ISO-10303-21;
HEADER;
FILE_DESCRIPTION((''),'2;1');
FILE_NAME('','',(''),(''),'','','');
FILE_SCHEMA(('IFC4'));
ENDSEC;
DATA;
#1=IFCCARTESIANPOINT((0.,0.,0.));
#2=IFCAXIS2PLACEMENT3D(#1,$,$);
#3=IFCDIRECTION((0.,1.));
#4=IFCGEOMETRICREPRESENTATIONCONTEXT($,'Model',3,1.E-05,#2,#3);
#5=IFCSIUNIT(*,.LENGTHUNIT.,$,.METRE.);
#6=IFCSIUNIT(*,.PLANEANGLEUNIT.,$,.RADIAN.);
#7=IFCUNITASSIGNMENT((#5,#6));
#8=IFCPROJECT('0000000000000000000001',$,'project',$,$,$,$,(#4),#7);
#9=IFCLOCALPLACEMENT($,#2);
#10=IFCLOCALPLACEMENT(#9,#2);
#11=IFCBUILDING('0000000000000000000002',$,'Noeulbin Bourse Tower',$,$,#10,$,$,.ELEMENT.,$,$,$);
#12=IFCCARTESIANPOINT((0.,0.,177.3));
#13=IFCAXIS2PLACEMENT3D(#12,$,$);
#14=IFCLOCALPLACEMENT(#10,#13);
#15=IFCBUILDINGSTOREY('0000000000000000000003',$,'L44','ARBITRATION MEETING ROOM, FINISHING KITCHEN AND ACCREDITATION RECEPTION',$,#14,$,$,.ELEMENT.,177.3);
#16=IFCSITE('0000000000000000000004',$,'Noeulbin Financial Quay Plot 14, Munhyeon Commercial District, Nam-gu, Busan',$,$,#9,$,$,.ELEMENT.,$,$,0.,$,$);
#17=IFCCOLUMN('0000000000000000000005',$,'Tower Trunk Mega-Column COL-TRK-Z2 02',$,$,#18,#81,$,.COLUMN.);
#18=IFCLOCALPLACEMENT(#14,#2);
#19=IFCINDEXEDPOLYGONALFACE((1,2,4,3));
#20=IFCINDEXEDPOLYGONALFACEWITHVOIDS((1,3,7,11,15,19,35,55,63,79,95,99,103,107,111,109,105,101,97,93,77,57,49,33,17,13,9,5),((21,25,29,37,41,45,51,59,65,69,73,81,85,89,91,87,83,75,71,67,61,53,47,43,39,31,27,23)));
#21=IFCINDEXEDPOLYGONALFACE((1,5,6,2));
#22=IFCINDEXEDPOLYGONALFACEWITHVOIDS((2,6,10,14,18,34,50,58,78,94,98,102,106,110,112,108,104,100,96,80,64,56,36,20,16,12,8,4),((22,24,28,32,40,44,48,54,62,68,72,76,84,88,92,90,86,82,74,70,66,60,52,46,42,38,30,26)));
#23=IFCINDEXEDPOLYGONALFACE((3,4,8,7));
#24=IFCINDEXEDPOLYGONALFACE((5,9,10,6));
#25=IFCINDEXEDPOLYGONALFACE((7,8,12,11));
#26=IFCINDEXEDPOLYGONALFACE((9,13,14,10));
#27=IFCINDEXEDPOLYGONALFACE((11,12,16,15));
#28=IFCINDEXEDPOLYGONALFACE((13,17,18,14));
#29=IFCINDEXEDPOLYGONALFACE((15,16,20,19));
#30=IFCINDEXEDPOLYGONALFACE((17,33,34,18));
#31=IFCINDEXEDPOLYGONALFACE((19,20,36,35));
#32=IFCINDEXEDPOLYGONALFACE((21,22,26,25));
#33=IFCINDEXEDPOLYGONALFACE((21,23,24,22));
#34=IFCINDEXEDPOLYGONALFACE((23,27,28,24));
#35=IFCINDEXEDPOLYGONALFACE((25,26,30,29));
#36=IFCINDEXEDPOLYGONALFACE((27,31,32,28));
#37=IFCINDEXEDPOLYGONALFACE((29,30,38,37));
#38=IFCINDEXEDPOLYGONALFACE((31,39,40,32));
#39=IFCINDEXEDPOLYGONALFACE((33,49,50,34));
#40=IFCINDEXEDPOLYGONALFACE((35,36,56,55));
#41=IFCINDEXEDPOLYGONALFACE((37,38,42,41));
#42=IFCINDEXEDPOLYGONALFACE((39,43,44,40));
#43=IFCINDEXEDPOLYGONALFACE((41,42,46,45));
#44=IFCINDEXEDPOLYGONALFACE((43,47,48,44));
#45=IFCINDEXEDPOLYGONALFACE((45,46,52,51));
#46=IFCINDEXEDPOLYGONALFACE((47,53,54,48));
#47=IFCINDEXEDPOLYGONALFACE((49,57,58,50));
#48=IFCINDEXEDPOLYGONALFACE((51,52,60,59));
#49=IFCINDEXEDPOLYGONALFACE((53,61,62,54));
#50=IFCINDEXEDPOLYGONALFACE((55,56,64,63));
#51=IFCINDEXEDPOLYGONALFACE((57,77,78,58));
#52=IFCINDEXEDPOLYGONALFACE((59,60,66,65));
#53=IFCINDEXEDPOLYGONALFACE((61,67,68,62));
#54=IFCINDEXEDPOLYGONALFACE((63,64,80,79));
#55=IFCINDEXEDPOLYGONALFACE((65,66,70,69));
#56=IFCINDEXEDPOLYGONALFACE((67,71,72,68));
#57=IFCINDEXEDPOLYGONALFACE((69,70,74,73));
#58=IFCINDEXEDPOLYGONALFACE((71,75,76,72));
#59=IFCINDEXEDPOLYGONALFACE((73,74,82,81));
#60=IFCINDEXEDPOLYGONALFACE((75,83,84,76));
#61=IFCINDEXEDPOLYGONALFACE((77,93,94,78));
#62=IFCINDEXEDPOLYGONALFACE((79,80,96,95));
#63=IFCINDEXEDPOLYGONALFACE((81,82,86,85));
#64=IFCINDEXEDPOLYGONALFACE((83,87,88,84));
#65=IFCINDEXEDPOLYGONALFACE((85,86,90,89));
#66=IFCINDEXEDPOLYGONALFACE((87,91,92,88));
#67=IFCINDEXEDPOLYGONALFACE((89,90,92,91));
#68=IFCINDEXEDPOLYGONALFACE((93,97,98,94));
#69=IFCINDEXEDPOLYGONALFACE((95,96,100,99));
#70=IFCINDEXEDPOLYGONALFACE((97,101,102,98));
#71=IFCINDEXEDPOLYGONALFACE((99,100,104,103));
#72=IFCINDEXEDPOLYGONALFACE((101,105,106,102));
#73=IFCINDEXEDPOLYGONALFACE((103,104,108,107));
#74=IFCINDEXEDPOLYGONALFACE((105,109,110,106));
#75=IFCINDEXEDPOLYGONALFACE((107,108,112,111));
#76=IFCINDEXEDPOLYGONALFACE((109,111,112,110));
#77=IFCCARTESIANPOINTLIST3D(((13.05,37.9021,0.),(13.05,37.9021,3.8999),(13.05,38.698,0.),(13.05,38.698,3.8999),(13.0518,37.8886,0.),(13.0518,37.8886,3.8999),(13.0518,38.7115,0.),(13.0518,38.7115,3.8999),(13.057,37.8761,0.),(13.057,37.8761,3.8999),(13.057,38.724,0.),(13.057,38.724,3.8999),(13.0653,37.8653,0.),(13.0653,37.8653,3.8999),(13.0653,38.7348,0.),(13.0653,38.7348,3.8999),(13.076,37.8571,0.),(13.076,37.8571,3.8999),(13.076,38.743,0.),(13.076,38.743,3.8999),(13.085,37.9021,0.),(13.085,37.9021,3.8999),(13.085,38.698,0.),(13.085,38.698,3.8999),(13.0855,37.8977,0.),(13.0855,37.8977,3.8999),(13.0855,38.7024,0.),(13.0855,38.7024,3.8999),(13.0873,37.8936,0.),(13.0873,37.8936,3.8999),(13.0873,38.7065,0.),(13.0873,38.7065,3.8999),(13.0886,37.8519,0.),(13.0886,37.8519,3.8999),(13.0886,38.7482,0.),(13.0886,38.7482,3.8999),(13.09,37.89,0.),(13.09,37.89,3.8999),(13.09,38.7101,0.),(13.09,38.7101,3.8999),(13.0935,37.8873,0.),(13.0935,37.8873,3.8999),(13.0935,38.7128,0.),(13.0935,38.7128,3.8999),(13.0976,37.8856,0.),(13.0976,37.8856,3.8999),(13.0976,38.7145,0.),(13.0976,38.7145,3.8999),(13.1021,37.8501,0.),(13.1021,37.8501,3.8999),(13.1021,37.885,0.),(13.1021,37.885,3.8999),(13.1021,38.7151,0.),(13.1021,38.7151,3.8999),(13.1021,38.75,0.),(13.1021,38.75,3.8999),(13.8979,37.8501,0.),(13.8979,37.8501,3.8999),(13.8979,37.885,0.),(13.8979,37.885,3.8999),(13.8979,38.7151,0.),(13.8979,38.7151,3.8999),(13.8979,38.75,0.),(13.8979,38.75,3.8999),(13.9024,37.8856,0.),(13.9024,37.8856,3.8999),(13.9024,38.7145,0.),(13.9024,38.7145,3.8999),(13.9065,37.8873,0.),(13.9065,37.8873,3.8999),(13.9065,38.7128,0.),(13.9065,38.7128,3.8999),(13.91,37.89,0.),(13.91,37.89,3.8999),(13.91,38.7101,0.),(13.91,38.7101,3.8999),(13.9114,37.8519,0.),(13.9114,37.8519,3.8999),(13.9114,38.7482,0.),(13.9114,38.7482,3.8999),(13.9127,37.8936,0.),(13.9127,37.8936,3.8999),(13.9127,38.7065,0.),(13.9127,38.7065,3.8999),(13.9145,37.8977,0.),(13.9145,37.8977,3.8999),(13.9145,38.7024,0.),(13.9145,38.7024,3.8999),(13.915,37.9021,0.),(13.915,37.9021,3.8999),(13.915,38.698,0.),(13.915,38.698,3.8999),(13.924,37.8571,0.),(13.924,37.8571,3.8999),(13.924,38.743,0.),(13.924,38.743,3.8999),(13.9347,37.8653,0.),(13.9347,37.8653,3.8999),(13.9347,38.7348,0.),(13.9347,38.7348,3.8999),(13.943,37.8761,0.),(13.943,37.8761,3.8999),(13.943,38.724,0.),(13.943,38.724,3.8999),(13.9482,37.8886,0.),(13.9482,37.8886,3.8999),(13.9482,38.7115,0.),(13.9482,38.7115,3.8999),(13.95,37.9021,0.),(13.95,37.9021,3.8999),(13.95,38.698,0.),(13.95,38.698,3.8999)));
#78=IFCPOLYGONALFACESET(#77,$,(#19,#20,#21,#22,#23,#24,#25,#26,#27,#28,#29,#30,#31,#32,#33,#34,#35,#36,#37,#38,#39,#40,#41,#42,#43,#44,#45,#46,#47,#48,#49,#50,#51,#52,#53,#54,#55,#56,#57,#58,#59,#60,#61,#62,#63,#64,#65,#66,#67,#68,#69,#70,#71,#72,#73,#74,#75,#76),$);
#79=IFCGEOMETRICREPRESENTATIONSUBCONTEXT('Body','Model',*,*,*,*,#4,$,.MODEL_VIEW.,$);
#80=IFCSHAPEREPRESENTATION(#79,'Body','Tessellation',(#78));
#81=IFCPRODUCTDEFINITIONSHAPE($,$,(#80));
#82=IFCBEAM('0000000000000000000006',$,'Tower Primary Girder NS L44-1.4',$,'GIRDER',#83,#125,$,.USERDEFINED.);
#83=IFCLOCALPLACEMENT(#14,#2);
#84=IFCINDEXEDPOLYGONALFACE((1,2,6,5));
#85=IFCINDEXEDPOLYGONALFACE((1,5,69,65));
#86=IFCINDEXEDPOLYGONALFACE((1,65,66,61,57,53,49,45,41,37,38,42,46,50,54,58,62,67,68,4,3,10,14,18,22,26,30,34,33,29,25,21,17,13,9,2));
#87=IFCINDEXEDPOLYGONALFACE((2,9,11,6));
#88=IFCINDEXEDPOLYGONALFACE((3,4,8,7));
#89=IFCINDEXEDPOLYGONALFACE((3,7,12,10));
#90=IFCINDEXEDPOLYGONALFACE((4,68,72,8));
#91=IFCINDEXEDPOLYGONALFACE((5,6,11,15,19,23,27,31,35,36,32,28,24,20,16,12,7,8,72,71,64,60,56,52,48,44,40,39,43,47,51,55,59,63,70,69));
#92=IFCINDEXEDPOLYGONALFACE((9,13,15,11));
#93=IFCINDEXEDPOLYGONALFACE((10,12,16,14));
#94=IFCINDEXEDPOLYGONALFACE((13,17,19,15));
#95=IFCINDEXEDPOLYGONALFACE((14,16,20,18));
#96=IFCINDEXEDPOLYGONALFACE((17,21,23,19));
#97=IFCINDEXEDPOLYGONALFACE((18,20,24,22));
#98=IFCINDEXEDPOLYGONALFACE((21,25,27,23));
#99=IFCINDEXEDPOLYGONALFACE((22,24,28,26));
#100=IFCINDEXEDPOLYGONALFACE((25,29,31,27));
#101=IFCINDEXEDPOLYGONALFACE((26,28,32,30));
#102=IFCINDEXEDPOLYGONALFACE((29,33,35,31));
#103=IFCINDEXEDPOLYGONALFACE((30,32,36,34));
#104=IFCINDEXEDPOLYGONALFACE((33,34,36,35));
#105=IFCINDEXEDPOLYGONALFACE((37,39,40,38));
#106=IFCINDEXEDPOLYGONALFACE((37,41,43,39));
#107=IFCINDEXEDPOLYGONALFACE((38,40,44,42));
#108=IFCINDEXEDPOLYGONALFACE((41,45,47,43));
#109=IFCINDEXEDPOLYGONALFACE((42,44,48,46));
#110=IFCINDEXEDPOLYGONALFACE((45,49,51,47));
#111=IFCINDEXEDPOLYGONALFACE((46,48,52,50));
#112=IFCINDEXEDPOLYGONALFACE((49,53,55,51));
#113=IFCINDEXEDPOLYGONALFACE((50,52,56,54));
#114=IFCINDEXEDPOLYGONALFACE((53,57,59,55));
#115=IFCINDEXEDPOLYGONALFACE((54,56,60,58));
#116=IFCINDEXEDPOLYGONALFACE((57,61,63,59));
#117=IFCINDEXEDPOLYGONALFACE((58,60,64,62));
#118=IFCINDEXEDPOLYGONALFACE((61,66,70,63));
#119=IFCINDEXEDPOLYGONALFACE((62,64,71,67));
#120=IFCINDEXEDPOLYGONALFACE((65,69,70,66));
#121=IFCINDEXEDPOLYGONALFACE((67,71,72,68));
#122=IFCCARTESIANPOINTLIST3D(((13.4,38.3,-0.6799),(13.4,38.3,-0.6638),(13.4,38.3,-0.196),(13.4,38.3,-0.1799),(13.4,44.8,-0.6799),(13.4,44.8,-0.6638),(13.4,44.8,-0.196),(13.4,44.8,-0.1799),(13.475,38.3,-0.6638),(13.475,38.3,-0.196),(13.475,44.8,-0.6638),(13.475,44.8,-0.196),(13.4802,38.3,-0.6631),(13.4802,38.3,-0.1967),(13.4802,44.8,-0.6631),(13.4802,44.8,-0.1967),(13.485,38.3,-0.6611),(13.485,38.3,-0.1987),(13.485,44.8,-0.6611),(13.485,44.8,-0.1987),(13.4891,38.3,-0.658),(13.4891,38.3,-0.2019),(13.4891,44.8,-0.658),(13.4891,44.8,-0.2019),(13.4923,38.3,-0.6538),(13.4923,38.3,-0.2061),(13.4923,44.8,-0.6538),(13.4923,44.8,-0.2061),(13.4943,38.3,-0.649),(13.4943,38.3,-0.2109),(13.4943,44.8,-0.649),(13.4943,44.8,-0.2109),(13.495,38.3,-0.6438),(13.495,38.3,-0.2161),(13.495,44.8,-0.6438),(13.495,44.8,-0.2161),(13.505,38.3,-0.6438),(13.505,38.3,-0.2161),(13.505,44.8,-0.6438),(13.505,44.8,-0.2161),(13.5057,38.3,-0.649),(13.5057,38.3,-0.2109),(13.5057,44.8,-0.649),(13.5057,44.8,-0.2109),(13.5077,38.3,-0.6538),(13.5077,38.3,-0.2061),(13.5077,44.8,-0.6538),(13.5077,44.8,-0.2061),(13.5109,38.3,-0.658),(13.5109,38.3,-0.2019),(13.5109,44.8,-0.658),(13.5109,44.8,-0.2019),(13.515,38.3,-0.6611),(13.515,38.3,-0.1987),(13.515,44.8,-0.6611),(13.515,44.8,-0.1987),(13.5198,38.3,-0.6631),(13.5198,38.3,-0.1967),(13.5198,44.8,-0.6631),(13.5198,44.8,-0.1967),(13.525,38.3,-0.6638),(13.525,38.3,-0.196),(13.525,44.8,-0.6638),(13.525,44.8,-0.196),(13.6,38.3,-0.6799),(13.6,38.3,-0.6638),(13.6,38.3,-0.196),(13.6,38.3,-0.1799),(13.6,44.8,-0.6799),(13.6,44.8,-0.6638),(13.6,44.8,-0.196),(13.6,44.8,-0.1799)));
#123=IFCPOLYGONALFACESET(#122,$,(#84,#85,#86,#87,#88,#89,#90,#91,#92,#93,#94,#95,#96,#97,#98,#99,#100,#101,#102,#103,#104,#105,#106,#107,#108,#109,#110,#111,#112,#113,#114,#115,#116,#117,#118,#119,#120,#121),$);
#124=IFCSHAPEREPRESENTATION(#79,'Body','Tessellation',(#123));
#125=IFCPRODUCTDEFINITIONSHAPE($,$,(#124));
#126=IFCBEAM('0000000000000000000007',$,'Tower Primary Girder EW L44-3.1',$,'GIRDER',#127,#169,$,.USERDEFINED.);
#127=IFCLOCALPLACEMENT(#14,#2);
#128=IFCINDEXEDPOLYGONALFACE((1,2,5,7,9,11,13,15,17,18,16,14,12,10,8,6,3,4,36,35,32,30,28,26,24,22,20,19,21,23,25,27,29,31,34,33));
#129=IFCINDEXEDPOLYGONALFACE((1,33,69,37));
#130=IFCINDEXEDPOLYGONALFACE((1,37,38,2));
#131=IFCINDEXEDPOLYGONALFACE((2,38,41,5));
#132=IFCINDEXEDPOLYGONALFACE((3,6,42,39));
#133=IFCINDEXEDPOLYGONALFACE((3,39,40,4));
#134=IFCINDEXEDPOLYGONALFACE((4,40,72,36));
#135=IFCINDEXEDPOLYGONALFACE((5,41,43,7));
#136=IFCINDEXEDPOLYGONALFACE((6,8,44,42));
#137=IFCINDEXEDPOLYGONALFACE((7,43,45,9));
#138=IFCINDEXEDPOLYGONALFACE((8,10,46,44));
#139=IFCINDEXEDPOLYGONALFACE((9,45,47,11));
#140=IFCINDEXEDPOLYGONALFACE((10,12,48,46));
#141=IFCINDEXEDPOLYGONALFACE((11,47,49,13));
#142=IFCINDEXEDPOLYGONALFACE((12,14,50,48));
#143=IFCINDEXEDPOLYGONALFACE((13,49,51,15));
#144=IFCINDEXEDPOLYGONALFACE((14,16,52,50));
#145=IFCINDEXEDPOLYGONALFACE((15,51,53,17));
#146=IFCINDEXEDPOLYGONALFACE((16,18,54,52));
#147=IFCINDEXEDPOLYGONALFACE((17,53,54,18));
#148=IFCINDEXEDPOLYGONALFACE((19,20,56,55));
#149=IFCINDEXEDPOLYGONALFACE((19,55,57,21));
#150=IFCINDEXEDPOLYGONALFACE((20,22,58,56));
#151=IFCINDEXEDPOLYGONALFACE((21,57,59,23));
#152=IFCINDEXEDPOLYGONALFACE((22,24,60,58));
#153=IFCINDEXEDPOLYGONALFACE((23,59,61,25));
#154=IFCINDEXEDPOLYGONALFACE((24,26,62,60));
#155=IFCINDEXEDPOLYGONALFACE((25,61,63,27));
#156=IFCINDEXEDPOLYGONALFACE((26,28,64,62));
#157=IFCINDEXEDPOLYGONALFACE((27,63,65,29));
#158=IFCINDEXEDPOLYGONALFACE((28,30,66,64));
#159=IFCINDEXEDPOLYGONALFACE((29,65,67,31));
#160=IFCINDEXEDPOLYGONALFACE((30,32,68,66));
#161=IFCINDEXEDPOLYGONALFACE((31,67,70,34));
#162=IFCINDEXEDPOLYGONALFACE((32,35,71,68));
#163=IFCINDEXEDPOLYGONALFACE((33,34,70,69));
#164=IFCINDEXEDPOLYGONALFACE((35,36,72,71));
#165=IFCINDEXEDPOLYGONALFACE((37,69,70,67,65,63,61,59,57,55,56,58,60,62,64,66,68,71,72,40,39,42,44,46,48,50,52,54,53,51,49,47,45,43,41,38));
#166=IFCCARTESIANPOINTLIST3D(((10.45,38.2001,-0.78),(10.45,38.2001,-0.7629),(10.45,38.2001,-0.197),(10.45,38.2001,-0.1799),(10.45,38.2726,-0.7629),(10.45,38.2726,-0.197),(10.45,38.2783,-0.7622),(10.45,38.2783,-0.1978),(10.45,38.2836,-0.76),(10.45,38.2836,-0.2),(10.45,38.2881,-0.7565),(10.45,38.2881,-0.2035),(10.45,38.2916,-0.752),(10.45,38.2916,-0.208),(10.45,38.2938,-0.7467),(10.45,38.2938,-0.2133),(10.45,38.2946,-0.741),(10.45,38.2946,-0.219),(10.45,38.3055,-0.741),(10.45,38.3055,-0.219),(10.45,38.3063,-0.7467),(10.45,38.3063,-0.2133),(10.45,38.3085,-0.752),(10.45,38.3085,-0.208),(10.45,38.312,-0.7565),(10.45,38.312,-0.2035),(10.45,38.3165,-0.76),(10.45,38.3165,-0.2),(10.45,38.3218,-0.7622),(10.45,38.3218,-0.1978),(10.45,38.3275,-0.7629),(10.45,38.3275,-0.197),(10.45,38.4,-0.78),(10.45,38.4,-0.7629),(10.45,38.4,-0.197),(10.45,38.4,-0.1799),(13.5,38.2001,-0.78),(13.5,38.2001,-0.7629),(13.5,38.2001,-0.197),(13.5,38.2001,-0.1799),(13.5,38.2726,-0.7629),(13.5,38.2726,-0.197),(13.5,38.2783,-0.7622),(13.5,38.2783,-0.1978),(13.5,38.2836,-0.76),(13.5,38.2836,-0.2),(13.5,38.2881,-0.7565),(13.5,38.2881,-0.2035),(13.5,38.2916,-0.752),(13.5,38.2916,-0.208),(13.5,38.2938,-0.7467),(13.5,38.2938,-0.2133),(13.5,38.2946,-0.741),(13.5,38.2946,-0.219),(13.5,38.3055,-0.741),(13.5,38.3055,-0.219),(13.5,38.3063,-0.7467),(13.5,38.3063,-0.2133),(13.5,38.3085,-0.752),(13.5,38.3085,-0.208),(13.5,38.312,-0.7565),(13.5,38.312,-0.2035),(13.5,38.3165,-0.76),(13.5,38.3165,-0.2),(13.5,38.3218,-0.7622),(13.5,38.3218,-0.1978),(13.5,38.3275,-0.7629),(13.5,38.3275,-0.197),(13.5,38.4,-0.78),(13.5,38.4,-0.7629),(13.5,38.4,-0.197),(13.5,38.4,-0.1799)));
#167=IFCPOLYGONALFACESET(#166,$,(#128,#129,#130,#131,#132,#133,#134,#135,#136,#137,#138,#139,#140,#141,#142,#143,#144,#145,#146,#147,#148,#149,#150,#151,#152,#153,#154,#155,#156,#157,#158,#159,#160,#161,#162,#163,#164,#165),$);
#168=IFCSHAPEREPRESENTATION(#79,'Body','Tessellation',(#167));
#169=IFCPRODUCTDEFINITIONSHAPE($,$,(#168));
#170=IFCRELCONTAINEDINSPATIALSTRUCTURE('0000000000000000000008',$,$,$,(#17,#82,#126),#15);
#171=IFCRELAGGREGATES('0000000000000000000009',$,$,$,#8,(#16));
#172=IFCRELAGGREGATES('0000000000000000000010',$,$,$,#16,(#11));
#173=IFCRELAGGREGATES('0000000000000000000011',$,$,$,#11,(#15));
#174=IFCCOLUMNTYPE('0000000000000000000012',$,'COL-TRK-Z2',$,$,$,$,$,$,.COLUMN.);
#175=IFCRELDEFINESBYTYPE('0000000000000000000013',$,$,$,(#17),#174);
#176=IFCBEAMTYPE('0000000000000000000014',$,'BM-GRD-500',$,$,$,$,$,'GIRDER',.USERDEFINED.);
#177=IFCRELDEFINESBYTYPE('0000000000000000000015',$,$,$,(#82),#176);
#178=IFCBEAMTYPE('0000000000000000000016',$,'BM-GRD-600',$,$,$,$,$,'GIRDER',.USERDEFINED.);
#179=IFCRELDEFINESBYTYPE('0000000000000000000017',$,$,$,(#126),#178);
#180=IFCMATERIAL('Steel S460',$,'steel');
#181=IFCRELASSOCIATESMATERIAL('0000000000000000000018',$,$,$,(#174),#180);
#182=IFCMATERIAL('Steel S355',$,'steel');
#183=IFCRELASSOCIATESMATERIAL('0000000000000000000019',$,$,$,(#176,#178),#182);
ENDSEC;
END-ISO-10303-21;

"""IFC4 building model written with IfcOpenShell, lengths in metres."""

from ifc_helpers import new_model, si_unit, direction, frame, origin, origin_2d, place, context, subcontext, project, spatial, hollow_rectangle, i_section, extrude, material, material_profile, profile_set, type_object, element, save


model = new_model("IFC4")

# Units and contexts
model_context = context("Model", 3, precision=1e-05, world=origin(), true_north=direction((0.0, 1.0)))
body_context = subcontext(model_context, "Body", "Model", "MODEL_VIEW")
ifc_project = project(units=[si_unit("LENGTHUNIT", "METRE"), si_unit("PLANEANGLEUNIT", "RADIAN")], contexts=[model_context])

# Site, building, storey
site_placement = place(None, origin())
site = spatial("IfcSite", under=ifc_project, at=site_placement, Name="Noeulbin Financial Quay Plot 14, Munhyeon Commercial District, Nam-gu, Busan", CompositionType="ELEMENT", RefElevation=0.0)
building_placement = place(site_placement, origin())
building = spatial("IfcBuilding", under=site, at=building_placement, Name="Noeulbin Bourse Tower", CompositionType="ELEMENT")
storey_placement = place(building_placement, frame((0.0, 0.0, 177.3)))
storey = spatial("IfcBuildingStorey", under=building, at=storey_placement, Name="L44", Description="ARBITRATION MEETING ROOM, FINISHING KITCHEN AND ACCREDITATION RECEPTION", CompositionType="ELEMENT", Elevation=177.3)

# Column
ifc_material_1 = material(Name="Steel S355", Category="steel")
ifc_material_2 = material(Name="Steel S460", Category="steel")
ifc_material_profile_1 = material_profile(ifc_material_2, hollow_rectangle(XDim=0.8999, YDim=0.8999, WallThickness=0.0349, InnerFilletRadius=0.0171, OuterFilletRadius=0.052, at=origin_2d()), Name="BOX-900x900x35", Category="LoadBearing")
ifc_profile_set_1 = profile_set([ifc_material_profile_1], Name="Steel S460")
column_type_1 = type_object("IfcColumnType", Name="COL-TRK-Z2", PredefinedType="COLUMN", material=ifc_profile_set_1)
column_placement = place(storey_placement, frame((13.5, 38.3, 0.0), z_axis=(0.0, 0.0, 1.0), x_axis=(1.0, 0.0, 0.0)))
element("IfcColumn", 1, at=column_placement, inside=storey, type_object=column_type_1, Name="Tower Trunk Mega-Column COL-TRK-Z2 02", PredefinedType="COLUMN", context=body_context, shape_type="SweptSolid", body=[
    extrude(hollow_rectangle(XDim=0.8999, YDim=0.8999, WallThickness=0.0349, InnerFilletRadius=0.0171, OuterFilletRadius=0.052, at=origin_2d()), origin(), (0.0, 0.0, 1.0), 3.8999),
])

# Beams
ifc_material_profile_2 = material_profile(ifc_material_1, i_section(OverallWidth=0.2, OverallDepth=0.5, WebThickness=0.01, FlangeThickness=0.0161, FilletRadius=0.02, at=origin_2d()), Name="H-500x200x10x16", Category="LoadBearing")
ifc_profile_set_2 = profile_set([ifc_material_profile_2], Name="Steel S355")
beam_type_1 = type_object("IfcBeamType", Name="BM-GRD-500", ElementType="GIRDER", PredefinedType="USERDEFINED", material=ifc_profile_set_2)
beam_1_placement = place(storey_placement, frame((13.5, 38.3, -0.4299), z_axis=(0.0, 1.0, 0.0), x_axis=(-1.0, 0.0, 0.0)))
element("IfcBeam", 2, at=beam_1_placement, inside=storey, type_object=beam_type_1, Name="Tower Primary Girder NS L44-1.4", ObjectType="GIRDER", PredefinedType="USERDEFINED", context=body_context, shape_type="SweptSolid", body=[
    extrude(i_section(OverallWidth=0.2, OverallDepth=0.5, WebThickness=0.01, FlangeThickness=0.0161, FilletRadius=0.02, at=origin_2d()), origin(), (0.0, 0.0, 1.0), 6.5),
])
ifc_material_profile_3 = material_profile(ifc_material_1, i_section(OverallWidth=0.2, OverallDepth=0.6001, WebThickness=0.011, FlangeThickness=0.0171, FilletRadius=0.022, at=origin_2d()), Name="H-600x200x11x17", Category="LoadBearing")
ifc_profile_set_3 = profile_set([ifc_material_profile_3], Name="Steel S355")
beam_type_2 = type_object("IfcBeamType", Name="BM-GRD-600", ElementType="GIRDER", PredefinedType="USERDEFINED", material=ifc_profile_set_3)
beam_2_placement = place(storey_placement, frame((10.45, 38.3, -0.48), z_axis=(1.0, 0.0, 0.0), x_axis=(0.0, 1.0, 0.0)))
element("IfcBeam", 3, at=beam_2_placement, inside=storey, type_object=beam_type_2, Name="Tower Primary Girder EW L44-3.1", ObjectType="GIRDER", PredefinedType="USERDEFINED", context=body_context, shape_type="SweptSolid", body=[
    extrude(i_section(OverallWidth=0.2, OverallDepth=0.6001, WebThickness=0.011, FlangeThickness=0.0171, FilletRadius=0.022, at=origin_2d()), origin(), (0.0, 0.0, 1.0), 3.05),
])

save(model, "model.ifc")
